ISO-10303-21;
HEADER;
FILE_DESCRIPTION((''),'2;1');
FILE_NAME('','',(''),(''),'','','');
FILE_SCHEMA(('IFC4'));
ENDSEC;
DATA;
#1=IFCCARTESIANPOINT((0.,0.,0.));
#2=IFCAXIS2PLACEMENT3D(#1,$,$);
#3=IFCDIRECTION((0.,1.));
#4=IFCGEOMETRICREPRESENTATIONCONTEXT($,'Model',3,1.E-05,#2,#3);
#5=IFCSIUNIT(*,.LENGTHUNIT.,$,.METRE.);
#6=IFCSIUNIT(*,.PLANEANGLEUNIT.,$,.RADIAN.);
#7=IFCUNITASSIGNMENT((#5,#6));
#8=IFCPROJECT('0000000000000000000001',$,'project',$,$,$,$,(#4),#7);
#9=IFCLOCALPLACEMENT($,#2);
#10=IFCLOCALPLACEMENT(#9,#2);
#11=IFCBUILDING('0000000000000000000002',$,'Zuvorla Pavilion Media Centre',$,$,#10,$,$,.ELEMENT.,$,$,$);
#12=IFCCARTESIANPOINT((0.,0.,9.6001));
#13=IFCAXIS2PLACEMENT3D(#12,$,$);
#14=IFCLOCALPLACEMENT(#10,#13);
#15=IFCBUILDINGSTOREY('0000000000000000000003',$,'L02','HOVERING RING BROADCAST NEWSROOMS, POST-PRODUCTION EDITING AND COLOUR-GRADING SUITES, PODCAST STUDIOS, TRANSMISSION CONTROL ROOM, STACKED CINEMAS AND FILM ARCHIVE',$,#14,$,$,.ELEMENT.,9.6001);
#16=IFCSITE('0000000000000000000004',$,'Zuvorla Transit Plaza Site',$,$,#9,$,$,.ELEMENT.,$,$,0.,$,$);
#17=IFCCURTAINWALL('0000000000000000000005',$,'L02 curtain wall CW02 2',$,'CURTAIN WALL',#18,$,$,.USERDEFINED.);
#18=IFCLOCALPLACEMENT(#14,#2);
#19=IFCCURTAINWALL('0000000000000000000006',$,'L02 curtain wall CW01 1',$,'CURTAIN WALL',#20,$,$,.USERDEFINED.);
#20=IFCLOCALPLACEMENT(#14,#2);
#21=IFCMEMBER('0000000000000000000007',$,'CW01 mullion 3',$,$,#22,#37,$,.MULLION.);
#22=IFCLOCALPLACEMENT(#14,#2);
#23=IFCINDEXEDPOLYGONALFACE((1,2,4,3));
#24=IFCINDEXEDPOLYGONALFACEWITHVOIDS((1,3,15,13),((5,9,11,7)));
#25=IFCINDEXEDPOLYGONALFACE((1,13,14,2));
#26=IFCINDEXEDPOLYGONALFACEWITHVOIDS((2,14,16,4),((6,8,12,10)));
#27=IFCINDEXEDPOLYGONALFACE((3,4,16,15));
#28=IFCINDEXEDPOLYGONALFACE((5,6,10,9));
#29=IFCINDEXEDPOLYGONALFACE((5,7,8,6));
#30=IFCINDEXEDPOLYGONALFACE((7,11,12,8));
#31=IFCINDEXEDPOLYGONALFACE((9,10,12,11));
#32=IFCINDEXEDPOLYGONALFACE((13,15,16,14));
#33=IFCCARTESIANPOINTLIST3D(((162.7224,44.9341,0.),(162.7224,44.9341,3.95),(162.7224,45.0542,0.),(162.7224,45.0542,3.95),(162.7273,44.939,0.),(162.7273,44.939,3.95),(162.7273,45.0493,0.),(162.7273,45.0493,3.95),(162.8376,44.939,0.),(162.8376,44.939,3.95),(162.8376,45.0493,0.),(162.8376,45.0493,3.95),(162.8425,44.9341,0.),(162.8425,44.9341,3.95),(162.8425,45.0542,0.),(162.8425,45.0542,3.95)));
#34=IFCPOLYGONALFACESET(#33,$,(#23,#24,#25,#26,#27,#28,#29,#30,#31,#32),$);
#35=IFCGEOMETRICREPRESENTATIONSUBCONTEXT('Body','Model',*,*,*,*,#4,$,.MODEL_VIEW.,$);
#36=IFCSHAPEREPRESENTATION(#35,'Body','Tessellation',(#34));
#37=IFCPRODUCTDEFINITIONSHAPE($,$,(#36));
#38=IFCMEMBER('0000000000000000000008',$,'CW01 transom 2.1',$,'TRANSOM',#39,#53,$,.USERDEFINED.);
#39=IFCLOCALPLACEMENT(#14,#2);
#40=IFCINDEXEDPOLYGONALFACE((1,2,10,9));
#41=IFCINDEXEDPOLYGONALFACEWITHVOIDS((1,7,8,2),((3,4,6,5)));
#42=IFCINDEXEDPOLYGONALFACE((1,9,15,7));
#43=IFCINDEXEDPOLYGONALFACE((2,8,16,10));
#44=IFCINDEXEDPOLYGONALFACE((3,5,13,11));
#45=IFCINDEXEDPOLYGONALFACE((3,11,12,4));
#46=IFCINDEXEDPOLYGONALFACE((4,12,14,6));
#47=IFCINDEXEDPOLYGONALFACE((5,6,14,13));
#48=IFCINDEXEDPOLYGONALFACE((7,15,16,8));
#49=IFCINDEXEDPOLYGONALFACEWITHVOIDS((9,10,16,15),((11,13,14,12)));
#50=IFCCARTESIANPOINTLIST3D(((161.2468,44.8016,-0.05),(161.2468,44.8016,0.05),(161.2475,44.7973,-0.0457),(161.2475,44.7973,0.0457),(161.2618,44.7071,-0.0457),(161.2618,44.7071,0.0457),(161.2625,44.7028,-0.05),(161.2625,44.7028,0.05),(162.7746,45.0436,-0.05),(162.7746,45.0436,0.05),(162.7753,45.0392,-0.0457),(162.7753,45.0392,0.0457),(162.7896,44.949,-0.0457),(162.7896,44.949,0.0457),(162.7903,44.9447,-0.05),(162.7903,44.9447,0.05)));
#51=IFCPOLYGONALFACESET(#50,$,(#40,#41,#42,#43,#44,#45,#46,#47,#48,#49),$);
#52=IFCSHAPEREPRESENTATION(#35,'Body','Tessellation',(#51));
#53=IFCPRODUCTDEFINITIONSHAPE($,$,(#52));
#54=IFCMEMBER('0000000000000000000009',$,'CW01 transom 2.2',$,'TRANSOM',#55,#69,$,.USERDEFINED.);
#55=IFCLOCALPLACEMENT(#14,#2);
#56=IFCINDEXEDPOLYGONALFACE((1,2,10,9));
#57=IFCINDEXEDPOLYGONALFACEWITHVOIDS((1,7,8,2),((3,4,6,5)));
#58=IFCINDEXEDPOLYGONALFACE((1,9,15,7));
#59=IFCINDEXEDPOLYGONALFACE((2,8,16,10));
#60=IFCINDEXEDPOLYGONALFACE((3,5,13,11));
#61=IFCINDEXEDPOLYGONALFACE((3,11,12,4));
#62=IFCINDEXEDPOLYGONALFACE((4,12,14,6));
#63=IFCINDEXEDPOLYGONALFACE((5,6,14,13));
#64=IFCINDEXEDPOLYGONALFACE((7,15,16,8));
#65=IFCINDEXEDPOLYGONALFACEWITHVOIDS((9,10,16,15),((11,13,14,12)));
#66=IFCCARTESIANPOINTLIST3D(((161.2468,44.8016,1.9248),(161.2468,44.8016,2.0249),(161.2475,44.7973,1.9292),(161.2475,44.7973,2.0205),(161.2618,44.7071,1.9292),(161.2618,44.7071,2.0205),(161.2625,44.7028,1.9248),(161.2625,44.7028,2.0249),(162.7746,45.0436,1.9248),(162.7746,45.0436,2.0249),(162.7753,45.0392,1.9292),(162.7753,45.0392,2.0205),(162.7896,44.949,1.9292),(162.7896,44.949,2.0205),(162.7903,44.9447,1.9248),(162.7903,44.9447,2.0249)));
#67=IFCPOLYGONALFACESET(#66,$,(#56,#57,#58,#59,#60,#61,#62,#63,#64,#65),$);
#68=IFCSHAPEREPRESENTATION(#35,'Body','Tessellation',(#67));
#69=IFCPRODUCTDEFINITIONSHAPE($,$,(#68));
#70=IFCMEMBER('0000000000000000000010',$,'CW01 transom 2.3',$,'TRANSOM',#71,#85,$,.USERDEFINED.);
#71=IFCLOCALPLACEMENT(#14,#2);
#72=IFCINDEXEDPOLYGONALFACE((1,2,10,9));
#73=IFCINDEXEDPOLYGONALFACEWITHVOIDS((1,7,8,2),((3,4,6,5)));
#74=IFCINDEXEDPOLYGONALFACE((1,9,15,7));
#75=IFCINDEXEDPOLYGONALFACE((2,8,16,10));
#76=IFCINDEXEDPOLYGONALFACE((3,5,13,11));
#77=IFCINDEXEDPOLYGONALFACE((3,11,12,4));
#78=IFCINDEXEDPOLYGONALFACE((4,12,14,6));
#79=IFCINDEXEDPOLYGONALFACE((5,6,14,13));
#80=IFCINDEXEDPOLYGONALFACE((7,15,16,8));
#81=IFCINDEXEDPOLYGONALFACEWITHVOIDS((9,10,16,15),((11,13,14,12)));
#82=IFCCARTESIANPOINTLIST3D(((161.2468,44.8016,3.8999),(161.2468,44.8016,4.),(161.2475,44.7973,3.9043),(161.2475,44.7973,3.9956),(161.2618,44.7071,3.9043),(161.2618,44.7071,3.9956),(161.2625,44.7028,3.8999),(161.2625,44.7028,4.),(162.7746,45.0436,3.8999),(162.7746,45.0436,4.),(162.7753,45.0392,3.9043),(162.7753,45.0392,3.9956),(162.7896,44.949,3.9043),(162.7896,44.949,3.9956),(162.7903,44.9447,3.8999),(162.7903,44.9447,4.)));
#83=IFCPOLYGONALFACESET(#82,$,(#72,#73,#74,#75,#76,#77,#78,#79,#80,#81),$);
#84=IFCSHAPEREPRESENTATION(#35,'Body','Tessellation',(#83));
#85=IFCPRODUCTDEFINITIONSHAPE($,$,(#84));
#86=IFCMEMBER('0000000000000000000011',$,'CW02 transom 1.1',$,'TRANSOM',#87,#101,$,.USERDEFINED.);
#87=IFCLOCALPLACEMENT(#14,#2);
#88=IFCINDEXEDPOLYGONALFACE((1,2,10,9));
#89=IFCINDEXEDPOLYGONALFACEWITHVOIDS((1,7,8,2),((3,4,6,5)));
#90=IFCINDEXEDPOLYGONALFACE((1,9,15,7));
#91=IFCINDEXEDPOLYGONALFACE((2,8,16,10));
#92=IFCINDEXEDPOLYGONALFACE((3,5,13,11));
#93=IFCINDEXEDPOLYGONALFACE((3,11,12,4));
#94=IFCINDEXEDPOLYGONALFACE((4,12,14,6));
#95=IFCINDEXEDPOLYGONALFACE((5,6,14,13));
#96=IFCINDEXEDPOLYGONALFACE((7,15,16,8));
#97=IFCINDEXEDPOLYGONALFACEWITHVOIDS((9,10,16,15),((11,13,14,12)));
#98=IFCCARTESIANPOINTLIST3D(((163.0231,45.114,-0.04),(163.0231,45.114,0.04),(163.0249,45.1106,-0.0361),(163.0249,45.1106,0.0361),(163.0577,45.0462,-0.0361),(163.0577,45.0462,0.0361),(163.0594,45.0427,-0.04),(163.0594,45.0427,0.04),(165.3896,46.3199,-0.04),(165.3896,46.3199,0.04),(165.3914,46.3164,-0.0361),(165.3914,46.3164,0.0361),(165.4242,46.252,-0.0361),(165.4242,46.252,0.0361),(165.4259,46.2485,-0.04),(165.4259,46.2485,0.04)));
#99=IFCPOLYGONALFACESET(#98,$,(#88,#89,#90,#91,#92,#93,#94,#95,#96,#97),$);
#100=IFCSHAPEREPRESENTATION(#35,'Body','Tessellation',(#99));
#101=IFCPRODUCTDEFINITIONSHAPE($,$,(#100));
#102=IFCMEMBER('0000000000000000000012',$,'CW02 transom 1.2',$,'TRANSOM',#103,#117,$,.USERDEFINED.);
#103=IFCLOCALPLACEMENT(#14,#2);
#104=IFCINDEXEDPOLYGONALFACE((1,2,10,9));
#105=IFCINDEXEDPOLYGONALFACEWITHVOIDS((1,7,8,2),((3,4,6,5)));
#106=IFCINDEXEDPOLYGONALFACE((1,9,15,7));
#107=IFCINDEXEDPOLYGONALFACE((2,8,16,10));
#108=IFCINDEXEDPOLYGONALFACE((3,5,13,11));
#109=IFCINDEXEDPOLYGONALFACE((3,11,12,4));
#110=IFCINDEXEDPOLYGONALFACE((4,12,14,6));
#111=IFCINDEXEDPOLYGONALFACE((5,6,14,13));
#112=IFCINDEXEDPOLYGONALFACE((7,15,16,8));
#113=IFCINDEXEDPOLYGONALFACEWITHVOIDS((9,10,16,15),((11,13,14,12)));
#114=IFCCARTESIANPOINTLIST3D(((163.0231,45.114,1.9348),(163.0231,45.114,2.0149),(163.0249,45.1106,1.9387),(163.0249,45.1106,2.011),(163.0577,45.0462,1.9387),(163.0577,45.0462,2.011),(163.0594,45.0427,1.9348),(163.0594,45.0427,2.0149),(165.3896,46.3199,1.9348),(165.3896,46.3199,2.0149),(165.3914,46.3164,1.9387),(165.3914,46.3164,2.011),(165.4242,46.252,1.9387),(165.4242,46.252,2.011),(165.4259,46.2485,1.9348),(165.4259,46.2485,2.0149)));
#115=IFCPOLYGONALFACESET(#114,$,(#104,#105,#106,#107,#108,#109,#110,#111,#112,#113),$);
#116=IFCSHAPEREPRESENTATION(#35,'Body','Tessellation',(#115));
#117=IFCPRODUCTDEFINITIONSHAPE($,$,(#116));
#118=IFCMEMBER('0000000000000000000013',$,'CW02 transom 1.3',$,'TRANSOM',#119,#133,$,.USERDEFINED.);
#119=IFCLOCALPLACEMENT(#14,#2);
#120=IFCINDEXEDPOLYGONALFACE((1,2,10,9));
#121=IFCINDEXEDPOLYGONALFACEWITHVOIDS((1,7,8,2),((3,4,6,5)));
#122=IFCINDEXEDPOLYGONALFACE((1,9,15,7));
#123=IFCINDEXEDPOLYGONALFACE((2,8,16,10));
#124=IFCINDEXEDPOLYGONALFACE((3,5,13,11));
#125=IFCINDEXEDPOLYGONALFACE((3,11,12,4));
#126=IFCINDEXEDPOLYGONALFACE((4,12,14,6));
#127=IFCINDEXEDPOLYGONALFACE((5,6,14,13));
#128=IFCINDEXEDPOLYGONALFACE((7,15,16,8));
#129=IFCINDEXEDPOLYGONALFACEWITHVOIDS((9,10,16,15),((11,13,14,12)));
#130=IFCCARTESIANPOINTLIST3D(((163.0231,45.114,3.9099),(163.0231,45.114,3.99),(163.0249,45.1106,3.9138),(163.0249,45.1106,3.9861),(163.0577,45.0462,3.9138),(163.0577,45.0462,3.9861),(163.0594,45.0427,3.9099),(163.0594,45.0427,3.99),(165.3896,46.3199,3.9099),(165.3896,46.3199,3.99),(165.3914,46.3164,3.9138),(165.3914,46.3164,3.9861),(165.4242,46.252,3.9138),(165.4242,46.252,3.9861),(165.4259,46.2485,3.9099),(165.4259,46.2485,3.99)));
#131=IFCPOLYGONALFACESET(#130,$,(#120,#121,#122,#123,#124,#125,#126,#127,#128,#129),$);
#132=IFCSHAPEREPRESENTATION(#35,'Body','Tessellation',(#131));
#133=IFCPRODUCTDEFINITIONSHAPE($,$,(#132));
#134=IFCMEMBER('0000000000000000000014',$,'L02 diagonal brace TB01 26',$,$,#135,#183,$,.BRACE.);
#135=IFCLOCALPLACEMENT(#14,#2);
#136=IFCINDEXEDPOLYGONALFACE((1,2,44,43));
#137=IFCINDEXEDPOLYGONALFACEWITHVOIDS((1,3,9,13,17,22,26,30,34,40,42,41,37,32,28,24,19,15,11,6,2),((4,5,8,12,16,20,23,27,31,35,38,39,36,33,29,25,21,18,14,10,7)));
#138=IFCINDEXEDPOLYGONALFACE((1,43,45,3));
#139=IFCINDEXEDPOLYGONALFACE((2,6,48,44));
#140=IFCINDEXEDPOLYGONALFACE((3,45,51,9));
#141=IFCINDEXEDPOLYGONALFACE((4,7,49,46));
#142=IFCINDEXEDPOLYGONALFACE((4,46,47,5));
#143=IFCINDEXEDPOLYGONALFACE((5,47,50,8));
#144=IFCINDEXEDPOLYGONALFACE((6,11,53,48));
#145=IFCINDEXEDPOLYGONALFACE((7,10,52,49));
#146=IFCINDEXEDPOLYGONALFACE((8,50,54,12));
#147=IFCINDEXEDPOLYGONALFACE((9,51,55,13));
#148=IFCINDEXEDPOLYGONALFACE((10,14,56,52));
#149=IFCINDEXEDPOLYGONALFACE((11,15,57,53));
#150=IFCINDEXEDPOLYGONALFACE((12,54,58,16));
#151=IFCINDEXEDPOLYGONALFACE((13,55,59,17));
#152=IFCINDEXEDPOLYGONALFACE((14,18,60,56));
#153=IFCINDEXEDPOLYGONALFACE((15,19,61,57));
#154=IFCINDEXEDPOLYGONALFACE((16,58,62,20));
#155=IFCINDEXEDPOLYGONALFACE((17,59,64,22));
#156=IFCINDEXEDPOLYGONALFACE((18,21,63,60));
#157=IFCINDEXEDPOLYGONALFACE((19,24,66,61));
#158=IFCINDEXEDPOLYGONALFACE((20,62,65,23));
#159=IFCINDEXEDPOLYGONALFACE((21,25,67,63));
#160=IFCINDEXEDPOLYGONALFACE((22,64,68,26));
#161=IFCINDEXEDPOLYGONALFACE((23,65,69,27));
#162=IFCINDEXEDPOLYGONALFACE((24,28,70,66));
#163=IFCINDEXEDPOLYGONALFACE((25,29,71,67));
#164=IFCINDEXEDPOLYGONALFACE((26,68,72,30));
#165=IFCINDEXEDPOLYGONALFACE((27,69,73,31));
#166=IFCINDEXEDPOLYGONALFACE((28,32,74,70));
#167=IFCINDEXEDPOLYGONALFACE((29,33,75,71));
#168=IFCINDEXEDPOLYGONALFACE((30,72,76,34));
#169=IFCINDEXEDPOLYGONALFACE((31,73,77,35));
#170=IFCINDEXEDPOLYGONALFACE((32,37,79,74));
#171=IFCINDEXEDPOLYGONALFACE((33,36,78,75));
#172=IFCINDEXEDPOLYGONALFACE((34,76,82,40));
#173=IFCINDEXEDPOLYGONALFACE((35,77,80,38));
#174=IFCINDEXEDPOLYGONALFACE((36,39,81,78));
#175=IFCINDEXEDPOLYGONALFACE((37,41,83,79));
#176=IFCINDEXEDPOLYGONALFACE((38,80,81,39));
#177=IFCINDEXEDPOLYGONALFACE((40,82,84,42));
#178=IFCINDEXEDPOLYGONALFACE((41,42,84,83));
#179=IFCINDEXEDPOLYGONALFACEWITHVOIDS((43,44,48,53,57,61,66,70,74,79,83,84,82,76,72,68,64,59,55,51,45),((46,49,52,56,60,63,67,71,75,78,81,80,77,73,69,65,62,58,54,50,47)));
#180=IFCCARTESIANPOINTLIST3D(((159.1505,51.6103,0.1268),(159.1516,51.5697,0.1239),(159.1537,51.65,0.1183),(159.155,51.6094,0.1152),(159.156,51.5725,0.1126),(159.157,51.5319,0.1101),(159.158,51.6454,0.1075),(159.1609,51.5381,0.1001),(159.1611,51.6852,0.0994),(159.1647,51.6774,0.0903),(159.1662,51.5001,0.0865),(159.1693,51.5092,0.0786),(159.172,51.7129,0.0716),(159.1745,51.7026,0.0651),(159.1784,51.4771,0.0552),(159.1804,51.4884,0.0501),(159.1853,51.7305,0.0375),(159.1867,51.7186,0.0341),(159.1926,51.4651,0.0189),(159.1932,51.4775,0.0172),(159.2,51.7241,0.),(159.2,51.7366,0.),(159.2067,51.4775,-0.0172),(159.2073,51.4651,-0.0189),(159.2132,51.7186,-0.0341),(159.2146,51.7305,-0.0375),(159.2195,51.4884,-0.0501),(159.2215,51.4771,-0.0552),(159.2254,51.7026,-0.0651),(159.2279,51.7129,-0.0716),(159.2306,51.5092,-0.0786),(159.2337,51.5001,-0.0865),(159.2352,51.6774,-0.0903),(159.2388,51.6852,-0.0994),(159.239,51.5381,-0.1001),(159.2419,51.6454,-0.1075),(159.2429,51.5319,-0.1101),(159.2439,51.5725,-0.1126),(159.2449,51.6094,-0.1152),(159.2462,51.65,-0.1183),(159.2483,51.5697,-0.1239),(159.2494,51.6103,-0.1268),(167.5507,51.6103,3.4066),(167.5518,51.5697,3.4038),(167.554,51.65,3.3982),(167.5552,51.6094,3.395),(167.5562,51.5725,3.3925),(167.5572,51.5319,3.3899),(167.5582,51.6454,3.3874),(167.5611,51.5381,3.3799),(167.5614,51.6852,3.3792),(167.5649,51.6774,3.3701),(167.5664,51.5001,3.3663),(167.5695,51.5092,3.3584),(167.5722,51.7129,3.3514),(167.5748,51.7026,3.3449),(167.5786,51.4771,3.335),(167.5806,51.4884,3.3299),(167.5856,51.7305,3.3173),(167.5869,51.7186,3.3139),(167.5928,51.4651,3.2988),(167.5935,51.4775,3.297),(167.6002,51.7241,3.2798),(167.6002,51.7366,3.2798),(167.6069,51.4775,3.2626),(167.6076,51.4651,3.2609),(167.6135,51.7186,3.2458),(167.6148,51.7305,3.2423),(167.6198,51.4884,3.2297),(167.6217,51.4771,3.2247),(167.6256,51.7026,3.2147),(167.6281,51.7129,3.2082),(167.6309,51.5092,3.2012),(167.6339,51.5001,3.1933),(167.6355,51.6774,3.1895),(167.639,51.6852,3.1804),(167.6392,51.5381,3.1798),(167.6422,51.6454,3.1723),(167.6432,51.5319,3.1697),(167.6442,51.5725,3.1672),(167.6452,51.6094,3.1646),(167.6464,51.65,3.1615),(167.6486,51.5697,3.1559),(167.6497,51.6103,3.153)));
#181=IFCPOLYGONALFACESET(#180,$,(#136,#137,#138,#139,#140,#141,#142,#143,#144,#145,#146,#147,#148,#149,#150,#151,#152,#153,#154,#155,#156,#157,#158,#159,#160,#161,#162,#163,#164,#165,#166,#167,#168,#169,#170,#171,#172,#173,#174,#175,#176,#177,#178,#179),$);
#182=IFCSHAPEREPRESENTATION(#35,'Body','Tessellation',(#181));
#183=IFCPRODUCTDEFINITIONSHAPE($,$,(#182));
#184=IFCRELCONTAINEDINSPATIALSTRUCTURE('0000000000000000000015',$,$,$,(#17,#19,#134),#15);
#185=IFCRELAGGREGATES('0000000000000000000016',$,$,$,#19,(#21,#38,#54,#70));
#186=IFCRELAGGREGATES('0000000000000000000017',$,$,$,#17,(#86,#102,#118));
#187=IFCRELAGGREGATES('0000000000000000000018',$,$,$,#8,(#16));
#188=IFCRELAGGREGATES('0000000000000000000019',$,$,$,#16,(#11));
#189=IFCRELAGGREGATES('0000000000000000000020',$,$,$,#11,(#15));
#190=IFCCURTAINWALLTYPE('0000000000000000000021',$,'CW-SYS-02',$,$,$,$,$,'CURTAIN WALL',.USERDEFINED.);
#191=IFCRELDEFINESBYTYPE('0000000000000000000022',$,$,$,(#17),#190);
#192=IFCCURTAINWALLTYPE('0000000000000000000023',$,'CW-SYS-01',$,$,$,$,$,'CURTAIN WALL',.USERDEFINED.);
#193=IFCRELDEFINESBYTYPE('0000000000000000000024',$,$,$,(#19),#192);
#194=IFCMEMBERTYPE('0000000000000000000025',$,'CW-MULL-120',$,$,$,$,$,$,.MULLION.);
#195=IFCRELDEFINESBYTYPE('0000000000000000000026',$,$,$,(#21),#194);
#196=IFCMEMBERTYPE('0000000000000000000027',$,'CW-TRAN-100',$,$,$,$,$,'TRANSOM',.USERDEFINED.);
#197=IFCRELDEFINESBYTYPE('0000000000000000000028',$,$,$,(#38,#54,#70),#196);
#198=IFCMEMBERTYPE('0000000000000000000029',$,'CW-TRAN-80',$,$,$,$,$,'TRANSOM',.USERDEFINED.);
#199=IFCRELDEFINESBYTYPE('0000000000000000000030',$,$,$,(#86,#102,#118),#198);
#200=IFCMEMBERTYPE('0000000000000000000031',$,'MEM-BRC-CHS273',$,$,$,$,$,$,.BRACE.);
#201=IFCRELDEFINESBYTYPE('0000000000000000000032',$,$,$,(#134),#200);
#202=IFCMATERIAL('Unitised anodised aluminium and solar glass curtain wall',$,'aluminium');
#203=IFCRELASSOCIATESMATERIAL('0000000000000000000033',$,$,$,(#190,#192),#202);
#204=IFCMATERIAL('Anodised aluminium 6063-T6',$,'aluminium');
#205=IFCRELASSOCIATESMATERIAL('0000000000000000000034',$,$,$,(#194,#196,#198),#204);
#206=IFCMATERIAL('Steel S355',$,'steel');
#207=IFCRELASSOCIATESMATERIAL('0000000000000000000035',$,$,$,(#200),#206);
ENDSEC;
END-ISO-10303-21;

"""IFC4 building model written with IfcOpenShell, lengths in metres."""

from ifc_helpers import new_model, si_unit, direction, frame, origin, origin_2d, place, context, subcontext, project, spatial, hollow_rectangle, hollow_circle, extrude, material, material_profile, profile_set, type_object, element, aggregate, save


model = new_model("IFC4")

# Units and contexts
model_context = context("Model", 3, precision=1e-05, world=origin(), true_north=direction((0.0, 1.0)))
body_context = subcontext(model_context, "Body", "Model", "MODEL_VIEW")
ifc_project = project(units=[si_unit("LENGTHUNIT", "METRE"), si_unit("PLANEANGLEUNIT", "RADIAN")], contexts=[model_context])

# Site, building, storey
site_placement = place(None, origin())
site = spatial("IfcSite", under=ifc_project, at=site_placement, Name="Zuvorla Transit Plaza Site", CompositionType="ELEMENT", RefElevation=0.0)
building_placement = place(site_placement, origin())
building = spatial("IfcBuilding", under=site, at=building_placement, Name="Zuvorla Pavilion Media Centre", CompositionType="ELEMENT")
storey_placement = place(building_placement, frame((0.0, 0.0, 9.6001)))
storey = spatial("IfcBuildingStorey", under=building, at=storey_placement, Name="L02", Description="HOVERING RING BROADCAST NEWSROOMS, POST-PRODUCTION EDITING AND COLOUR-GRADING SUITES, PODCAST STUDIOS, TRANSMISSION CONTROL ROOM, STACKED CINEMAS AND FILM ARCHIVE", CompositionType="ELEMENT", Elevation=9.6001)

# Shared definitions
ifc_material_1 = material(Name="Steel S355", Category="steel")

# Curtain wall
ifc_material_2 = material(Name="Unitised anodised aluminium and solar glass curtain wall", Category="aluminium")
curtain_wall_type_1 = type_object("IfcCurtainWallType", Name="CW-SYS-02", ElementType="CURTAIN WALL", PredefinedType="USERDEFINED", material=ifc_material_2)
curtain_wall_1_placement = place(storey_placement, origin())
curtain_wall_1 = element("IfcCurtainWall", 1, at=curtain_wall_1_placement, inside=storey, type_object=curtain_wall_type_1, Name="L02 curtain wall CW02 2", ObjectType="CURTAIN WALL", PredefinedType="USERDEFINED")
ifc_material_3 = material(Name="Anodised aluminium 6063-T6", Category="aluminium")

# Curtain wall, members
curtain_wall_type_2 = type_object("IfcCurtainWallType", Name="CW-SYS-01", ElementType="CURTAIN WALL", PredefinedType="USERDEFINED", material=ifc_material_2)
curtain_wall_2_placement = place(storey_placement, origin())
curtain_wall_2 = element("IfcCurtainWall", 2, at=curtain_wall_2_placement, inside=storey, type_object=curtain_wall_type_2, Name="L02 curtain wall CW01 1", ObjectType="CURTAIN WALL", PredefinedType="USERDEFINED")
ifc_material_profile_1 = material_profile(ifc_material_3, hollow_rectangle(XDim=0.1201, YDim=0.1201, WallThickness=0.0049, at=origin_2d()), Name="ALU MULL 120x120")
ifc_profile_set_1 = profile_set([ifc_material_profile_1], Name="Anodised aluminium 6063-T6")
member_type_1 = type_object("IfcMemberType", Name="CW-MULL-120", PredefinedType="MULLION", material=ifc_profile_set_1)
member_1_placement = place(storey_placement, frame((162.7825, 44.9941, 0.0), z_axis=(0.0, 0.0, 1.0), x_axis=(1.0, 0.0, 0.0)))
member_1 = element("IfcMember", 3, at=member_1_placement, type_object=member_type_1, Name="CW01 mullion 3", PredefinedType="MULLION", context=body_context, shape_type="SweptSolid", body=[
    extrude(hollow_rectangle(XDim=0.1201, YDim=0.1201, WallThickness=0.0049, at=origin_2d()), origin(), (0.0, 0.0, 1.0), 3.95),
])
ifc_material_profile_2 = material_profile(ifc_material_3, hollow_rectangle(XDim=0.1001, YDim=0.1001, WallThickness=0.0044, at=origin_2d()), Name="ALU TRAN 100x100")
ifc_profile_set_2 = profile_set([ifc_material_profile_2], Name="Anodised aluminium 6063-T6")
member_type_2 = type_object("IfcMemberType", Name="CW-TRAN-100", ElementType="TRANSOM", PredefinedType="USERDEFINED", material=ifc_profile_set_2)
member_2_placement = place(storey_placement, frame((161.2546, 44.7522, 0.0), z_axis=(0.987692, 0.156408, 0.0), x_axis=(-0.156408, 0.987692, 0.0)))
member_2 = element("IfcMember", 4, at=member_2_placement, type_object=member_type_2, Name="CW01 transom 2.1", ObjectType="TRANSOM", PredefinedType="USERDEFINED", context=body_context, shape_type="SweptSolid", body=[
    extrude(hollow_rectangle(XDim=0.1001, YDim=0.1001, WallThickness=0.0044, at=origin_2d()), origin(), (0.0, 0.0, 1.0), 1.5469),
])
member_3_placement = place(storey_placement, frame((161.2546, 44.7522, 1.9749), z_axis=(0.987692, 0.156408, 0.0), x_axis=(-0.156408, 0.987692, 0.0)))
member_3 = element("IfcMember", 5, at=member_3_placement, type_object=member_type_2, Name="CW01 transom 2.2", ObjectType="TRANSOM", PredefinedType="USERDEFINED", context=body_context, shape_type="SweptSolid", body=[
    extrude(hollow_rectangle(XDim=0.1001, YDim=0.1001, WallThickness=0.0044, at=origin_2d()), origin(), (0.0, 0.0, 1.0), 1.5469),
])
member_4_placement = place(storey_placement, frame((161.2546, 44.7522, 3.95), z_axis=(0.987692, 0.156408, 0.0), x_axis=(-0.156408, 0.987692, 0.0)))
member_4 = element("IfcMember", 6, at=member_4_placement, type_object=member_type_2, Name="CW01 transom 2.3", ObjectType="TRANSOM", PredefinedType="USERDEFINED", context=body_context, shape_type="SweptSolid", body=[
    extrude(hollow_rectangle(XDim=0.1001, YDim=0.1001, WallThickness=0.0044, at=origin_2d()), origin(), (0.0, 0.0, 1.0), 1.5469),
])

# Members
ifc_material_profile_3 = material_profile(ifc_material_3, hollow_rectangle(XDim=0.0801, YDim=0.0801, WallThickness=0.0039, at=origin_2d()), Name="ALU TRAN 80x80")
ifc_profile_set_3 = profile_set([ifc_material_profile_3], Name="Anodised aluminium 6063-T6")
member_type_3 = type_object("IfcMemberType", Name="CW-TRAN-80", ElementType="TRANSOM", PredefinedType="USERDEFINED", material=ifc_profile_set_3)
member_5_placement = place(storey_placement, frame((163.0413, 45.0784, 0.0), z_axis=(0.891, 0.454003, 0.0), x_axis=(-0.454003, 0.891, 0.0)))
member_5 = element("IfcMember", 7, at=member_5_placement, type_object=member_type_3, Name="CW02 transom 1.1", ObjectType="TRANSOM", PredefinedType="USERDEFINED", context=body_context, shape_type="SweptSolid", body=[
    extrude(hollow_rectangle(XDim=0.0801, YDim=0.0801, WallThickness=0.0039, at=origin_2d()), origin(), (0.0, 0.0, 1.0), 2.656),
])
member_6_placement = place(storey_placement, frame((163.0413, 45.0784, 1.9749), z_axis=(0.891, 0.454003, 0.0), x_axis=(-0.454003, 0.891, 0.0)))
member_6 = element("IfcMember", 8, at=member_6_placement, type_object=member_type_3, Name="CW02 transom 1.2", ObjectType="TRANSOM", PredefinedType="USERDEFINED", context=body_context, shape_type="SweptSolid", body=[
    extrude(hollow_rectangle(XDim=0.0801, YDim=0.0801, WallThickness=0.0039, at=origin_2d()), origin(), (0.0, 0.0, 1.0), 2.656),
])
member_7_placement = place(storey_placement, frame((163.0413, 45.0784, 3.95), z_axis=(0.891, 0.454003, 0.0), x_axis=(-0.454003, 0.891, 0.0)))
member_7 = element("IfcMember", 9, at=member_7_placement, type_object=member_type_3, Name="CW02 transom 1.3", ObjectType="TRANSOM", PredefinedType="USERDEFINED", context=body_context, shape_type="SweptSolid", body=[
    extrude(hollow_rectangle(XDim=0.0801, YDim=0.0801, WallThickness=0.0039, at=origin_2d()), origin(), (0.0, 0.0, 1.0), 2.656),
])
ifc_material_profile_4 = material_profile(ifc_material_1, hollow_circle(Radius=0.1365, WallThickness=0.0125, at=origin_2d()), Name="CHS 273x12.5")
ifc_profile_set_4 = profile_set([ifc_material_profile_4], Name="Steel S355")
member_type_4 = type_object("IfcMemberType", Name="MEM-BRC-CHS273", PredefinedType="BRACE", material=ifc_profile_set_4)
member_8_placement = place(storey_placement, frame((159.2, 51.6001, 0.0), z_axis=(0.931515, 0.0, 0.363704), x_axis=(0.0, 1.0, 0.0)))
element("IfcMember", 10, at=member_8_placement, inside=storey, type_object=member_type_4, Name="L02 diagonal brace TB01 26", PredefinedType="BRACE", context=body_context, shape_type="SweptSolid", body=[
    extrude(hollow_circle(Radius=0.1365, WallThickness=0.0125, at=origin_2d()), origin(), (0.0, 0.0, 1.0), 9.0178),
])

aggregate(curtain_wall_2, [member_1, member_2, member_3, member_4])
aggregate(curtain_wall_1, [member_5, member_6, member_7])

save(model, "model.ifc")
